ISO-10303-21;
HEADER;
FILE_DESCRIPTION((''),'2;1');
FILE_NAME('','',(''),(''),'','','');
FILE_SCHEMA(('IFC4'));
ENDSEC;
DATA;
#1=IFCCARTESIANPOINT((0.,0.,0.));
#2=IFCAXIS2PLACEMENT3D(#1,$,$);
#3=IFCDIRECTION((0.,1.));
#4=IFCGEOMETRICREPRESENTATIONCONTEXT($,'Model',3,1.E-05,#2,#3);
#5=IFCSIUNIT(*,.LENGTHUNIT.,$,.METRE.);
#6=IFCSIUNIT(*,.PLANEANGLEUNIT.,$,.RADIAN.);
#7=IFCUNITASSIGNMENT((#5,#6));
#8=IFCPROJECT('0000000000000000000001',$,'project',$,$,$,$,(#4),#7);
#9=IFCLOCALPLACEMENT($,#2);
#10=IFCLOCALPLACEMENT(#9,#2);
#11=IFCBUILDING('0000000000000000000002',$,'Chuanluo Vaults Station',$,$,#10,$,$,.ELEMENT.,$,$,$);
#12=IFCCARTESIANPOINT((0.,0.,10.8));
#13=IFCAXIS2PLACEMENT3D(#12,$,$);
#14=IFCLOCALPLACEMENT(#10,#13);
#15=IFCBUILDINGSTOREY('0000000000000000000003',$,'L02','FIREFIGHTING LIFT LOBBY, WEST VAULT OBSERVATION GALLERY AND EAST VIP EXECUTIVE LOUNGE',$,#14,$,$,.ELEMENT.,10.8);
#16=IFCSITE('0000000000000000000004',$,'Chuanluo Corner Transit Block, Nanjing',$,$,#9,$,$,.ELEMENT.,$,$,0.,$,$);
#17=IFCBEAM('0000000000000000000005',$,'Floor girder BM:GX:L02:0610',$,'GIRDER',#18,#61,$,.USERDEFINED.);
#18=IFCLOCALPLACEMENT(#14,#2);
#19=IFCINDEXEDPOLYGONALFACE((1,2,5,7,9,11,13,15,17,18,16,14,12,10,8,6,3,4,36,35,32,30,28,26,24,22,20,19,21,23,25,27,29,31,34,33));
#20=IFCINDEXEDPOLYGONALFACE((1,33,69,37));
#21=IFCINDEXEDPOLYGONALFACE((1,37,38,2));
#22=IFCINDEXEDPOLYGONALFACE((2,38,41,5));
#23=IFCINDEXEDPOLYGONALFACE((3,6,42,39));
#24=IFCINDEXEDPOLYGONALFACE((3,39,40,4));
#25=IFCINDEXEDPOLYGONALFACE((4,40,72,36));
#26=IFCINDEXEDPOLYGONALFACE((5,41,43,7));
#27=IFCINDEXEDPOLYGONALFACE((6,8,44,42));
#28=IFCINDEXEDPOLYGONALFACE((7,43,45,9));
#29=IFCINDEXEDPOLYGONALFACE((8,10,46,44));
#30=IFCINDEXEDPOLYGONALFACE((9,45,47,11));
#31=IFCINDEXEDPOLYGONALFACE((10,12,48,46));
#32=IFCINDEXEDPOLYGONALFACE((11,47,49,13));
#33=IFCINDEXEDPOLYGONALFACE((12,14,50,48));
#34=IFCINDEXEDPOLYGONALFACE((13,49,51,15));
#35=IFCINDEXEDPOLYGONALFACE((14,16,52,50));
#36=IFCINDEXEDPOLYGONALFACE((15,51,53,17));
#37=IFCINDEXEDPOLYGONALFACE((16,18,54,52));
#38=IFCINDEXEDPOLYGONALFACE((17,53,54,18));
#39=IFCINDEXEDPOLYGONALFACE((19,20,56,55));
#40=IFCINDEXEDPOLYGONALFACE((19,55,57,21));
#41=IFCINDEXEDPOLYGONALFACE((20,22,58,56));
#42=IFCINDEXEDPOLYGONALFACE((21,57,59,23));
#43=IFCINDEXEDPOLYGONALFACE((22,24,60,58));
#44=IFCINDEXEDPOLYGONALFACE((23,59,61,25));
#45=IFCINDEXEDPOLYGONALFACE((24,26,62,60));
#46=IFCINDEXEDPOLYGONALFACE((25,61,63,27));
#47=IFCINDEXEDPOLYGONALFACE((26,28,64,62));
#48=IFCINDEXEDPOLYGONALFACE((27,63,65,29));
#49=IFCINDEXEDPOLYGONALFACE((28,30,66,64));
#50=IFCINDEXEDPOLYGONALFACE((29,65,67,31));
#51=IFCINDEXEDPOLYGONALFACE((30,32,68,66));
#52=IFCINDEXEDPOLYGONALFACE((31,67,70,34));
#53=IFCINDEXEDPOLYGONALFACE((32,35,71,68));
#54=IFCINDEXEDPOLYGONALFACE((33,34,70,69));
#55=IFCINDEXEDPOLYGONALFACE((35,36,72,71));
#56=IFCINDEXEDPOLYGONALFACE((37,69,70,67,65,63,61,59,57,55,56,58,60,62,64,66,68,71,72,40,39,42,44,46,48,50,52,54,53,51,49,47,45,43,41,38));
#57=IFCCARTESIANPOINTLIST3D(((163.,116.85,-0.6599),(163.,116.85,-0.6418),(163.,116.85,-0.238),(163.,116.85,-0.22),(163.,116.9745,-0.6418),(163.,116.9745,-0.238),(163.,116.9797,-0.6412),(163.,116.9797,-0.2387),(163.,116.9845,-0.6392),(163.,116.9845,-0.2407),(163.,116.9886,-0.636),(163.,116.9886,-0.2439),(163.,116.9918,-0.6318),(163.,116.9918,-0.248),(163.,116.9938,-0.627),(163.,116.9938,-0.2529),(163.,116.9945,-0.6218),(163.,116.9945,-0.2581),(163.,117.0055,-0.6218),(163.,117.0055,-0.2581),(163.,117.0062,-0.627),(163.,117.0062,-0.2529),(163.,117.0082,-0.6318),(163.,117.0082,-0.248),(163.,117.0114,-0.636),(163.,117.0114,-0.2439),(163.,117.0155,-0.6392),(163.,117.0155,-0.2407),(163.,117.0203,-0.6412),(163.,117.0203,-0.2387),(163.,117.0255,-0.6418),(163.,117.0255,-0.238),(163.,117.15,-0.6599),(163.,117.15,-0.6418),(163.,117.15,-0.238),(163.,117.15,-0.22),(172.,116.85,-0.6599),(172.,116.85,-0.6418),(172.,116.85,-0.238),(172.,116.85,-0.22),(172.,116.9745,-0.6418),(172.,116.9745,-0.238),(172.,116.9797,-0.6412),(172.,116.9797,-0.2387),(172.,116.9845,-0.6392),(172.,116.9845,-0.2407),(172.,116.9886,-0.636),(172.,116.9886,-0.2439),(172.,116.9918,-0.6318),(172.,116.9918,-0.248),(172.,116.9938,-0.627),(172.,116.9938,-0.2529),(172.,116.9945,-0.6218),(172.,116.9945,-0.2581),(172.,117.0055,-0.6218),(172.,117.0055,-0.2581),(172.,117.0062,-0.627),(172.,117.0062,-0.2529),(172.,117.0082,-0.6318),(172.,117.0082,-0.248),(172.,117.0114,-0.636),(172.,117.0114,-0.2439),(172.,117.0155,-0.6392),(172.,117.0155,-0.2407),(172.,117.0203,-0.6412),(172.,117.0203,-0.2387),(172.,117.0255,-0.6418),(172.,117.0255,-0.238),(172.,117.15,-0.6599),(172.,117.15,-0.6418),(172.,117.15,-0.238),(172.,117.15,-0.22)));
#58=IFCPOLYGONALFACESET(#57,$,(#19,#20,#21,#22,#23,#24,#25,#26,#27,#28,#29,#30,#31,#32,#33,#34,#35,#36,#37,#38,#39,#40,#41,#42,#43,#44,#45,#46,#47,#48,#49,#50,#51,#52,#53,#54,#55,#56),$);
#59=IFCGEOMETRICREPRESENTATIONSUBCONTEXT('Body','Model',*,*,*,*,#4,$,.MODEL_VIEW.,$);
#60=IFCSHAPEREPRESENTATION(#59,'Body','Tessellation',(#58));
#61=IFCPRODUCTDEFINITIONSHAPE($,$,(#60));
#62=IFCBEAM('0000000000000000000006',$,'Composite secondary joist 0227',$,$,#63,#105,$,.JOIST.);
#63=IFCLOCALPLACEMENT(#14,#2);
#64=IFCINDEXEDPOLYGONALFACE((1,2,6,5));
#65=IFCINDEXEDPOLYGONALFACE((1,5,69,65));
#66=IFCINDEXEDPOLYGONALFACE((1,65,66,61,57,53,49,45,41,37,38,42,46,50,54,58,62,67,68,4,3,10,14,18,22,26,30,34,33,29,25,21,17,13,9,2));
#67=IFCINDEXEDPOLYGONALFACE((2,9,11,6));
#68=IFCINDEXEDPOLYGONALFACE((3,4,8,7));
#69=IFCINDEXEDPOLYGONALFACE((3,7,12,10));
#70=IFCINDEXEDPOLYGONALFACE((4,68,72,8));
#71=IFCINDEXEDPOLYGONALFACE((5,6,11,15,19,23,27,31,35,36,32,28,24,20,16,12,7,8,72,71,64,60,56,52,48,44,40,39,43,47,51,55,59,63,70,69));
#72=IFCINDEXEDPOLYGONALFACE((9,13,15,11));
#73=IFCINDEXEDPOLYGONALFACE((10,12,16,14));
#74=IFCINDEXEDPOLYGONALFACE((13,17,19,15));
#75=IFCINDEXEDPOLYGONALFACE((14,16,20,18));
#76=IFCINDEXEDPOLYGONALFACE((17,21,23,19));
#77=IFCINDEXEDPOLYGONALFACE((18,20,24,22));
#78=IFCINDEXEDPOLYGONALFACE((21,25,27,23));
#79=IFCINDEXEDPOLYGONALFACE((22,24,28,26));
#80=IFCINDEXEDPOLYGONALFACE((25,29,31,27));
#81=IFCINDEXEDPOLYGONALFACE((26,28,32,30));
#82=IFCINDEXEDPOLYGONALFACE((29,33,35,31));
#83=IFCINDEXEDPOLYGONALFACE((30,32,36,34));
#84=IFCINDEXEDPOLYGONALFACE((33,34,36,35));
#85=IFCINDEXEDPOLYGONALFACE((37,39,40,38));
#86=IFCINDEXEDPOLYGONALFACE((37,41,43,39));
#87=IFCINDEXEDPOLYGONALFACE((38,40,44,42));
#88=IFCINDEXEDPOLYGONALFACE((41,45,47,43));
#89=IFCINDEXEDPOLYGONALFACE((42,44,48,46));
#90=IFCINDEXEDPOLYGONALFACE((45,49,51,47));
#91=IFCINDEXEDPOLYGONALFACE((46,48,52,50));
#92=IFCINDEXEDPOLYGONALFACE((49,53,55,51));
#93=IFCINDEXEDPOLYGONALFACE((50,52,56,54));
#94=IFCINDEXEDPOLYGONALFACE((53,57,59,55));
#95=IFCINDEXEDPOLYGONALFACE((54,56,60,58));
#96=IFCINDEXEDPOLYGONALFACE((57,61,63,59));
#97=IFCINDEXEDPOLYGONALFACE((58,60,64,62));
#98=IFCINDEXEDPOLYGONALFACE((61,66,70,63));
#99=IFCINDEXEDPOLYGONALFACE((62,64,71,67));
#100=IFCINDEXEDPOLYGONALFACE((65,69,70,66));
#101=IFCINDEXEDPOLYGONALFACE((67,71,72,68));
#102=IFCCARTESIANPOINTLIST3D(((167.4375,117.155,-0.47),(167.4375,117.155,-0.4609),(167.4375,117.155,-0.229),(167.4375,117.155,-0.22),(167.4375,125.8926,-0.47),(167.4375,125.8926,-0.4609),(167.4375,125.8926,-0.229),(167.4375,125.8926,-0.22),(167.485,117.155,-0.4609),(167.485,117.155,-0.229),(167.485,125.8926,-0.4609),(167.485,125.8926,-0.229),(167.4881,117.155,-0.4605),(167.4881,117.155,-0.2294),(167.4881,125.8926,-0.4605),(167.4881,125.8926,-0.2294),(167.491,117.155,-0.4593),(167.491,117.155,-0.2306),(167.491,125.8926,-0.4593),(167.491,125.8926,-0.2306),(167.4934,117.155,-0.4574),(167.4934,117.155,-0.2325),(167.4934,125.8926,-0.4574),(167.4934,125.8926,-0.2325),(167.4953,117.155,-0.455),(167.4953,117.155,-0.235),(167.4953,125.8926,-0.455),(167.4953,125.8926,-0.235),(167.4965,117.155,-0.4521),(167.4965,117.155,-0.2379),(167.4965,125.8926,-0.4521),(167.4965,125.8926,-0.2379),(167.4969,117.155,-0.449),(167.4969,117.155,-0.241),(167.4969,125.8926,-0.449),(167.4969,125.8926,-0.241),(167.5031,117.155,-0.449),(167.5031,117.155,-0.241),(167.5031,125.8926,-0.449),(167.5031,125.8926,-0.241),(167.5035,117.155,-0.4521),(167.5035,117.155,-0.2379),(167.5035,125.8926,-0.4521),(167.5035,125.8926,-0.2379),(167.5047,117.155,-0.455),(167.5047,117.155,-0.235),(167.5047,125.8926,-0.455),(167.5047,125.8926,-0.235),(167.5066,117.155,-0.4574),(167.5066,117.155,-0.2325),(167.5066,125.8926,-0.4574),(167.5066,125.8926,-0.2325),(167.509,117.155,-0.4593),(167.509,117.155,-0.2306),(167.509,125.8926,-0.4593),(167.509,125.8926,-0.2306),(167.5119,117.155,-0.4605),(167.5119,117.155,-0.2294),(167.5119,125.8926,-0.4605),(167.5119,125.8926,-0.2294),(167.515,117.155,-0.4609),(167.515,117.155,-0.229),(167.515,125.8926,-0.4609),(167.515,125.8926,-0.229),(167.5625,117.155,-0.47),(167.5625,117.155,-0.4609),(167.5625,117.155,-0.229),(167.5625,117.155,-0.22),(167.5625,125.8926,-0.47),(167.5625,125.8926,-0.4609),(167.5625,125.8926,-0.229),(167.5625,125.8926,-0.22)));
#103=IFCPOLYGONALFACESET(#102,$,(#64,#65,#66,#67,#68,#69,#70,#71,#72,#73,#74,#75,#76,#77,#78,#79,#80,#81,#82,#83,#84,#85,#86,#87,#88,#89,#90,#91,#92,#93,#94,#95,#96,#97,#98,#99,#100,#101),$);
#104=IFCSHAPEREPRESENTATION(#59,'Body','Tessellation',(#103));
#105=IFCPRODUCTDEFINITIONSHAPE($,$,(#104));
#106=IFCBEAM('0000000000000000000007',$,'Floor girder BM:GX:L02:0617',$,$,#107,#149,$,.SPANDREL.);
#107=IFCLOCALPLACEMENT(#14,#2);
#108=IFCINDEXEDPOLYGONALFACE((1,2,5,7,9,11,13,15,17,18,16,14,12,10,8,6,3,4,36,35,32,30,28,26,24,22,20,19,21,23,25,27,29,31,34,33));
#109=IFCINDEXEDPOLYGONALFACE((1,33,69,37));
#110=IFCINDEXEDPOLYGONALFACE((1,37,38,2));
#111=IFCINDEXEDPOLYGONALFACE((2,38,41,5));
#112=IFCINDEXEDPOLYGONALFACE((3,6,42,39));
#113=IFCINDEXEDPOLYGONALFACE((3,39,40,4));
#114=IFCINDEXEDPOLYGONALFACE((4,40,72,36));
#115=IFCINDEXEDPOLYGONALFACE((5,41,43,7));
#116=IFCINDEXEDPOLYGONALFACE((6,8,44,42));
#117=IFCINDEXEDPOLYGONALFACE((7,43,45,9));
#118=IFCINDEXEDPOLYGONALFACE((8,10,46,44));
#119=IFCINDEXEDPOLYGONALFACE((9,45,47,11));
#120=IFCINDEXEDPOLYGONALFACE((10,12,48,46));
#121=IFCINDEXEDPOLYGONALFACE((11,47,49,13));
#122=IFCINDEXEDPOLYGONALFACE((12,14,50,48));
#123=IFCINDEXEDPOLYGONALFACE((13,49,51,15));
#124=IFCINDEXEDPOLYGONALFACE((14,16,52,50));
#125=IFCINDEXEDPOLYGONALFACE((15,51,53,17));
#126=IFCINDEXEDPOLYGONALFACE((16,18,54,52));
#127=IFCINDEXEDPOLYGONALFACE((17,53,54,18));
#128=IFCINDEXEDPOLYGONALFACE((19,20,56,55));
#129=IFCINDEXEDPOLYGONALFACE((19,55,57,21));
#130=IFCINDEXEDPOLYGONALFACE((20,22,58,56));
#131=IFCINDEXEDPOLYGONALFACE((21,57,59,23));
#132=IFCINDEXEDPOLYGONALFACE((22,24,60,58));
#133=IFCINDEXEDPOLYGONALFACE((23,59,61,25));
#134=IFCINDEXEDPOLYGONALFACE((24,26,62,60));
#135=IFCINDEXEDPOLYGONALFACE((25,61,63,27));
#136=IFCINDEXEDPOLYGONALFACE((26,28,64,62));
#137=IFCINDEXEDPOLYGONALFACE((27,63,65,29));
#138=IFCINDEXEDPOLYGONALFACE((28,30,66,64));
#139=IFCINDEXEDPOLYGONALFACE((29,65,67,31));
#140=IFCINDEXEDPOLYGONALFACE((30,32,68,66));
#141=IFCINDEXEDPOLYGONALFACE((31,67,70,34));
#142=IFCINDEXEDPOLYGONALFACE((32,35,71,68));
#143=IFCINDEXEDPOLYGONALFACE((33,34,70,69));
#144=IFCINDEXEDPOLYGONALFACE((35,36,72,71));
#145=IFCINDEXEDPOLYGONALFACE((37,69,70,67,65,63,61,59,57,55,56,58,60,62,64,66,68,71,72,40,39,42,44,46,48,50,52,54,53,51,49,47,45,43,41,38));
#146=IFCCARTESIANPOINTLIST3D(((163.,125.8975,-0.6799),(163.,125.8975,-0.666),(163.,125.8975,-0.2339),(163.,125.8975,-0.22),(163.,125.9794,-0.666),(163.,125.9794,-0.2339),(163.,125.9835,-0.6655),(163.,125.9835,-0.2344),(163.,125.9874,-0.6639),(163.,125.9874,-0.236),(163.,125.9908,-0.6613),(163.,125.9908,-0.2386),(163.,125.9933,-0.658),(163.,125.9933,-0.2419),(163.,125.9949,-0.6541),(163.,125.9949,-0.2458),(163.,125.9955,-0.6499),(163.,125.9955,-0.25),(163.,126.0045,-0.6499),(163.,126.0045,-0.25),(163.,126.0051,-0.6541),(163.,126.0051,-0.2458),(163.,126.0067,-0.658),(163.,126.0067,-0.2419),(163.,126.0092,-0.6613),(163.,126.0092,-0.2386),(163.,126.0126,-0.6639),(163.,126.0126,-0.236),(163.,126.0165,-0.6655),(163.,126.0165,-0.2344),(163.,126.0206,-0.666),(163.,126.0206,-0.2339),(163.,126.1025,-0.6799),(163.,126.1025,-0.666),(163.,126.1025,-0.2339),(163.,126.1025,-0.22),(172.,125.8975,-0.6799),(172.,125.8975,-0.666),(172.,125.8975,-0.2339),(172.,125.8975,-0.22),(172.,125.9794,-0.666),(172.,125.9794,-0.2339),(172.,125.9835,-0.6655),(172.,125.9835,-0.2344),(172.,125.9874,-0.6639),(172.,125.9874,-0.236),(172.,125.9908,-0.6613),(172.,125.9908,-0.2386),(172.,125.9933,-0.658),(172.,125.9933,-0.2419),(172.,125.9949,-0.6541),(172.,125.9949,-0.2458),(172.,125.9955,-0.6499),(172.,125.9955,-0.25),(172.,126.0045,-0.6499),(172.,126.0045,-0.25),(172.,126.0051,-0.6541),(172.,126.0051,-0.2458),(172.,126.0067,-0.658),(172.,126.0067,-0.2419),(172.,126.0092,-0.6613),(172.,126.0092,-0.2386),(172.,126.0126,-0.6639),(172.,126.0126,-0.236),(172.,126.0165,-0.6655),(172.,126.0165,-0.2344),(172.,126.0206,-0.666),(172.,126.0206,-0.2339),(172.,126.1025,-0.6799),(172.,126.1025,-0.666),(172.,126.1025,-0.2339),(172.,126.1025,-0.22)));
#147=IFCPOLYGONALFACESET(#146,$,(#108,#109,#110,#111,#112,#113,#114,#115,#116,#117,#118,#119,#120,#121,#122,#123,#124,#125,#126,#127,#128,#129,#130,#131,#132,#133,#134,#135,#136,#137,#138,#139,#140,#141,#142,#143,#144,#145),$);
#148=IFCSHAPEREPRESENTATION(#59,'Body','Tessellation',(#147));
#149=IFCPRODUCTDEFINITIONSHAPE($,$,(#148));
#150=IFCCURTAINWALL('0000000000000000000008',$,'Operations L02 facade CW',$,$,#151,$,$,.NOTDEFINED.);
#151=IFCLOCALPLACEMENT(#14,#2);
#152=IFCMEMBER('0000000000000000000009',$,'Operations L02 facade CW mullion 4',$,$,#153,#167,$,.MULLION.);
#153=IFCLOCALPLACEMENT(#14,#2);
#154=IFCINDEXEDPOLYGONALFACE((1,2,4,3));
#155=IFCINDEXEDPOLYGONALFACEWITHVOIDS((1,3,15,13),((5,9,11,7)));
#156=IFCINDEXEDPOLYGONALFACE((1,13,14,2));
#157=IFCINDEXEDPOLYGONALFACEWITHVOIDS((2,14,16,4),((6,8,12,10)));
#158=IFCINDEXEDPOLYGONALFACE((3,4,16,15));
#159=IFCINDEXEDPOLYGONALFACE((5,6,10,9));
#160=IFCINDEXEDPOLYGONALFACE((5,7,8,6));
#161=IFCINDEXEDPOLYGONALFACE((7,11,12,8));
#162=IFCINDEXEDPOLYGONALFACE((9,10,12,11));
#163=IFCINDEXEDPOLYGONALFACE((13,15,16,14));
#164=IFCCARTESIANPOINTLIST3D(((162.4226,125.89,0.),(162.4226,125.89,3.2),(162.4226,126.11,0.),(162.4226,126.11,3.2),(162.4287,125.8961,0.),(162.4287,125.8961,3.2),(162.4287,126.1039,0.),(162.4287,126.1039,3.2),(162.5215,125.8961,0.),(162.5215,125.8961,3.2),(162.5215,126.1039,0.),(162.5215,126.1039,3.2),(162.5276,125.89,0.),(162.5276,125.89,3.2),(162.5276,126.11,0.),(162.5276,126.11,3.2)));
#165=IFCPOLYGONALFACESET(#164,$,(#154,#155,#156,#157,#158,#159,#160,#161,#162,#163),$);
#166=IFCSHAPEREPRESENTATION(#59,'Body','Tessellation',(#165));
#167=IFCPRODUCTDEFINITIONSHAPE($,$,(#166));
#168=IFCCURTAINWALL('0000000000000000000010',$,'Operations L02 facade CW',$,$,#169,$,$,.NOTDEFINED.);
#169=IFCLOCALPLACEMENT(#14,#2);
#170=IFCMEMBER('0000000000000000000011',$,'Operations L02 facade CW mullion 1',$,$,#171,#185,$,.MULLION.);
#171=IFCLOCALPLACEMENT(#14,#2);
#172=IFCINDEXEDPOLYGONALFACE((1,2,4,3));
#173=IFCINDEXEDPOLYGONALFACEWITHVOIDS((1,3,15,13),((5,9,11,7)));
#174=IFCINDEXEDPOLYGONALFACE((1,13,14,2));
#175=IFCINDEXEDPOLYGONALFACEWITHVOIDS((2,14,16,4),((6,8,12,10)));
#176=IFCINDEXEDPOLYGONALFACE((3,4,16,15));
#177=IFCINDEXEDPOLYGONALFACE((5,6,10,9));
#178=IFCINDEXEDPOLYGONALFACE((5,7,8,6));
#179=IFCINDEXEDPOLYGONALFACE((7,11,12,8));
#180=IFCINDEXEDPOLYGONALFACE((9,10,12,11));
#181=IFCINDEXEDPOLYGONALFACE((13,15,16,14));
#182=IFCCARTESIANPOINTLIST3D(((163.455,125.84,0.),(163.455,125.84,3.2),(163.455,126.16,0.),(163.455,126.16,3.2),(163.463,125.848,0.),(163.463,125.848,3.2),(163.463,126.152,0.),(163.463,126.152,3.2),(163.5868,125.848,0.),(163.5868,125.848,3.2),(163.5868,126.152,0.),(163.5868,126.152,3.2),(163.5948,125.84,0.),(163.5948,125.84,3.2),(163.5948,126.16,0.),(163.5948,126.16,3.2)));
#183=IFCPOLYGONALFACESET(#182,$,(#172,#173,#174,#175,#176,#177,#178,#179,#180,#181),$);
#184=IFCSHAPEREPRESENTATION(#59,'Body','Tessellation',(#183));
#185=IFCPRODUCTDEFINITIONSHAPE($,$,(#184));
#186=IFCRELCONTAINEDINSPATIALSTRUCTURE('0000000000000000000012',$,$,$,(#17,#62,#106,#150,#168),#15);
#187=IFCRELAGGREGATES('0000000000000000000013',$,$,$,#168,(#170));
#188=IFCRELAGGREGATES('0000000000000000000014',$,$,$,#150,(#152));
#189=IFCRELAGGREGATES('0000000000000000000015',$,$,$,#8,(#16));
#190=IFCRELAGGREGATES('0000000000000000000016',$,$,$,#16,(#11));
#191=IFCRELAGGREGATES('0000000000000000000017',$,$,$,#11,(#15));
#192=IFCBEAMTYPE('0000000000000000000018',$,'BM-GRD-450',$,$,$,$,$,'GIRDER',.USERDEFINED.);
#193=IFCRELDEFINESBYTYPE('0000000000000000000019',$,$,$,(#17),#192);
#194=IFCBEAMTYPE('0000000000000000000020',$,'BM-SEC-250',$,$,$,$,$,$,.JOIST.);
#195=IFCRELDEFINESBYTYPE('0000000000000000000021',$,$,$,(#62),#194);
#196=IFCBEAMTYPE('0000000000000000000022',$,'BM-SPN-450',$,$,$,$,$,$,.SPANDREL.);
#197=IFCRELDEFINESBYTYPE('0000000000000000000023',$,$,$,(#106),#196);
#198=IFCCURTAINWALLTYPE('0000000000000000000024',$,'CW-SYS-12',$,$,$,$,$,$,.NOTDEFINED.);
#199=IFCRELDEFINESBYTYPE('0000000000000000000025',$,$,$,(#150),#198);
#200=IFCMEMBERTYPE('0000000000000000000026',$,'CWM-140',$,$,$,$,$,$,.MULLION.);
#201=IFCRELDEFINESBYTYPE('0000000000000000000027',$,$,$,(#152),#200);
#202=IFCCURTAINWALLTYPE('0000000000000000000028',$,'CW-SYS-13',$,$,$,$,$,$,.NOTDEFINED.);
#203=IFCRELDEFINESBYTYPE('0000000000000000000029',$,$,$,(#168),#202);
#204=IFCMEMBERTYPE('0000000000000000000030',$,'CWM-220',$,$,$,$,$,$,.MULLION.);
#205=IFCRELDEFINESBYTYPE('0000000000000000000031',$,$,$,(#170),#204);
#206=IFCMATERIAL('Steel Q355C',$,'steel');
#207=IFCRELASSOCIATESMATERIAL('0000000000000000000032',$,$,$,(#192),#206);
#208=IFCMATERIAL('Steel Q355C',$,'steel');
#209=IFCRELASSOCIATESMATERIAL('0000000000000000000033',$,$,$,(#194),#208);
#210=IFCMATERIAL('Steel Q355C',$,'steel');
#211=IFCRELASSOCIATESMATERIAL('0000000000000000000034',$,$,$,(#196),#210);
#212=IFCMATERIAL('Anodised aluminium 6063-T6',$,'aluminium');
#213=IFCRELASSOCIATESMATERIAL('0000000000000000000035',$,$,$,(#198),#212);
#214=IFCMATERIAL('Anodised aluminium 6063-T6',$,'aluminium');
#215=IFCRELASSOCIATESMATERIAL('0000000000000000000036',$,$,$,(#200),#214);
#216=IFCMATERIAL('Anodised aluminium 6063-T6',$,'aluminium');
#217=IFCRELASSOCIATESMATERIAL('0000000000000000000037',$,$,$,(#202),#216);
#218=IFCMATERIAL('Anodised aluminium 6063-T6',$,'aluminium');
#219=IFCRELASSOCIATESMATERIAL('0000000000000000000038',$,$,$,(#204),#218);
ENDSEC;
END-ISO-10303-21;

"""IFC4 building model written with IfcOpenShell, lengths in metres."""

from ifc_helpers import new_model, si_unit, direction, frame, origin, origin_2d, place, context, subcontext, project, spatial, hollow_rectangle, i_section, extrude, material, material_profile, profile_set, type_object, element, aggregate, save


model = new_model("IFC4")

# Units and contexts
model_context = context("Model", 3, precision=1e-05, world=origin(), true_north=direction((0.0, 1.0)))
body_context = subcontext(model_context, "Body", "Model", "MODEL_VIEW")
ifc_project = project(units=[si_unit("LENGTHUNIT", "METRE"), si_unit("PLANEANGLEUNIT", "RADIAN")], contexts=[model_context])

# Site, building, storey
site_placement = place(None, origin())
site = spatial("IfcSite", under=ifc_project, at=site_placement, Name="Chuanluo Corner Transit Block, Nanjing", CompositionType="ELEMENT", RefElevation=0.0)
building_placement = place(site_placement, origin())
building = spatial("IfcBuilding", under=site, at=building_placement, Name="Chuanluo Vaults Station", CompositionType="ELEMENT")
storey_placement = place(building_placement, frame((0.0, 0.0, 10.8)))
storey = spatial("IfcBuildingStorey", under=building, at=storey_placement, Name="L02", Description="FIREFIGHTING LIFT LOBBY, WEST VAULT OBSERVATION GALLERY AND EAST VIP EXECUTIVE LOUNGE", CompositionType="ELEMENT", Elevation=10.8)

# Beams
ifc_material_1 = material(Name="Steel Q355C", Category="steel")
ifc_material_profile_1 = material_profile(ifc_material_1, i_section(OverallWidth=0.3, OverallDepth=0.4399, WebThickness=0.011, FlangeThickness=0.0181, FilletRadius=0.02, at=origin_2d()))
ifc_profile_set_1 = profile_set([ifc_material_profile_1], Name="Steel Q355C")
beam_type_1 = type_object("IfcBeamType", Name="BM-GRD-450", ElementType="GIRDER", PredefinedType="USERDEFINED", material=ifc_profile_set_1)
beam_1_placement = place(storey_placement, frame((163.0, 117.0, -0.4399), z_axis=(1.0, 0.0, 0.0), x_axis=(0.0, 1.0, 0.0)))
element("IfcBeam", 1, at=beam_1_placement, inside=storey, type_object=beam_type_1, Name="Floor girder BM:GX:L02:0610", ObjectType="GIRDER", PredefinedType="USERDEFINED", context=body_context, shape_type="SweptSolid", body=[
    extrude(i_section(OverallWidth=0.3, OverallDepth=0.4399, WebThickness=0.011, FlangeThickness=0.0181, FilletRadius=0.02, at=origin_2d()), origin(), (0.0, 0.0, 1.0), 9.0),
])
ifc_material_2 = material(Name="Steel Q355C", Category="steel")
ifc_material_profile_2 = material_profile(ifc_material_2, i_section(OverallWidth=0.125, OverallDepth=0.25, WebThickness=0.0061, FlangeThickness=0.009, FilletRadius=0.012, at=origin_2d()))
ifc_profile_set_2 = profile_set([ifc_material_profile_2], Name="Steel Q355C")
beam_type_2 = type_object("IfcBeamType", Name="BM-SEC-250", PredefinedType="JOIST", material=ifc_profile_set_2)
beam_2_placement = place(storey_placement, frame((167.5, 117.155, -0.345), z_axis=(0.0, 1.0, 0.0), x_axis=(-1.0, 0.0, 0.0)))
element("IfcBeam", 2, at=beam_2_placement, inside=storey, type_object=beam_type_2, Name="Composite secondary joist 0227", PredefinedType="JOIST", context=body_context, shape_type="SweptSolid", body=[
    extrude(i_section(OverallWidth=0.125, OverallDepth=0.25, WebThickness=0.0061, FlangeThickness=0.009, FilletRadius=0.012, at=origin_2d()), origin(), (0.0, 0.0, 1.0), 8.7375),
])
ifc_material_3 = material(Name="Steel Q355C", Category="steel")
ifc_material_profile_3 = material_profile(ifc_material_3, i_section(OverallWidth=0.2051, OverallDepth=0.46, WebThickness=0.009, FlangeThickness=0.0139, FilletRadius=0.0161, at=origin_2d()))
ifc_profile_set_3 = profile_set([ifc_material_profile_3], Name="Steel Q355C")
beam_type_3 = type_object("IfcBeamType", Name="BM-SPN-450", PredefinedType="SPANDREL", material=ifc_profile_set_3)
beam_3_placement = place(storey_placement, frame((163.0, 126.0, -0.45), z_axis=(1.0, 0.0, 0.0), x_axis=(0.0, 1.0, 0.0)))
element("IfcBeam", 3, at=beam_3_placement, inside=storey, type_object=beam_type_3, Name="Floor girder BM:GX:L02:0617", PredefinedType="SPANDREL", context=body_context, shape_type="SweptSolid", body=[
    extrude(i_section(OverallWidth=0.2051, OverallDepth=0.46, WebThickness=0.009, FlangeThickness=0.0139, FilletRadius=0.0161, at=origin_2d()), origin(), (0.0, 0.0, 1.0), 9.0),
])

# Curtain walls, members
ifc_material_4 = material(Name="Anodised aluminium 6063-T6", Category="aluminium")
curtain_wall_type_1 = type_object("IfcCurtainWallType", Name="CW-SYS-12", PredefinedType="NOTDEFINED", material=ifc_material_4)
curtain_wall_1_placement = place(storey_placement, origin())
curtain_wall_1 = element("IfcCurtainWall", 4, at=curtain_wall_1_placement, inside=storey, type_object=curtain_wall_type_1, Name="Operations L02 facade CW", PredefinedType="NOTDEFINED")
ifc_material_5 = material(Name="Anodised aluminium 6063-T6", Category="aluminium")
ifc_material_profile_4 = material_profile(ifc_material_5, hollow_rectangle(XDim=0.105, YDim=0.22, WallThickness=0.0061, at=origin_2d()))
ifc_profile_set_4 = profile_set([ifc_material_profile_4], Name="Anodised aluminium 6063-T6")
member_type_1 = type_object("IfcMemberType", Name="CWM-140", PredefinedType="MULLION", material=ifc_profile_set_4)
member_1_placement = place(storey_placement, frame((162.4751, 126.0, 0.0), z_axis=(0.0, 0.0, 1.0), x_axis=(1.0, 0.0, 0.0)))
member_1 = element("IfcMember", 5, at=member_1_placement, type_object=member_type_1, Name="Operations L02 facade CW mullion 4", PredefinedType="MULLION", context=body_context, shape_type="SweptSolid", body=[
    extrude(hollow_rectangle(XDim=0.105, YDim=0.22, WallThickness=0.0061, at=origin_2d()), origin(), (0.0, 0.0, 1.0), 3.2),
])
ifc_material_6 = material(Name="Anodised aluminium 6063-T6", Category="aluminium")
curtain_wall_type_2 = type_object("IfcCurtainWallType", Name="CW-SYS-13", PredefinedType="NOTDEFINED", material=ifc_material_6)
curtain_wall_2_placement = place(storey_placement, origin())
curtain_wall_2 = element("IfcCurtainWall", 6, at=curtain_wall_2_placement, inside=storey, type_object=curtain_wall_type_2, Name="Operations L02 facade CW", PredefinedType="NOTDEFINED")
ifc_material_7 = material(Name="Anodised aluminium 6063-T6", Category="aluminium")
ifc_material_profile_5 = material_profile(ifc_material_7, hollow_rectangle(XDim=0.1399, YDim=0.3201, WallThickness=0.0081, at=origin_2d()))
ifc_profile_set_5 = profile_set([ifc_material_profile_5], Name="Anodised aluminium 6063-T6")
member_type_2 = type_object("IfcMemberType", Name="CWM-220", PredefinedType="MULLION", material=ifc_profile_set_5)
member_2_placement = place(storey_placement, frame((163.5249, 126.0, 0.0), z_axis=(0.0, 0.0, 1.0), x_axis=(1.0, 0.0, 0.0)))
member_2 = element("IfcMember", 7, at=member_2_placement, type_object=member_type_2, Name="Operations L02 facade CW mullion 1", PredefinedType="MULLION", context=body_context, shape_type="SweptSolid", body=[
    extrude(hollow_rectangle(XDim=0.1399, YDim=0.3201, WallThickness=0.0081, at=origin_2d()), origin(), (0.0, 0.0, 1.0), 3.2),
])

aggregate(curtain_wall_2, [member_2])

aggregate(curtain_wall_1, [member_1])

save(model, "model.ifc")
